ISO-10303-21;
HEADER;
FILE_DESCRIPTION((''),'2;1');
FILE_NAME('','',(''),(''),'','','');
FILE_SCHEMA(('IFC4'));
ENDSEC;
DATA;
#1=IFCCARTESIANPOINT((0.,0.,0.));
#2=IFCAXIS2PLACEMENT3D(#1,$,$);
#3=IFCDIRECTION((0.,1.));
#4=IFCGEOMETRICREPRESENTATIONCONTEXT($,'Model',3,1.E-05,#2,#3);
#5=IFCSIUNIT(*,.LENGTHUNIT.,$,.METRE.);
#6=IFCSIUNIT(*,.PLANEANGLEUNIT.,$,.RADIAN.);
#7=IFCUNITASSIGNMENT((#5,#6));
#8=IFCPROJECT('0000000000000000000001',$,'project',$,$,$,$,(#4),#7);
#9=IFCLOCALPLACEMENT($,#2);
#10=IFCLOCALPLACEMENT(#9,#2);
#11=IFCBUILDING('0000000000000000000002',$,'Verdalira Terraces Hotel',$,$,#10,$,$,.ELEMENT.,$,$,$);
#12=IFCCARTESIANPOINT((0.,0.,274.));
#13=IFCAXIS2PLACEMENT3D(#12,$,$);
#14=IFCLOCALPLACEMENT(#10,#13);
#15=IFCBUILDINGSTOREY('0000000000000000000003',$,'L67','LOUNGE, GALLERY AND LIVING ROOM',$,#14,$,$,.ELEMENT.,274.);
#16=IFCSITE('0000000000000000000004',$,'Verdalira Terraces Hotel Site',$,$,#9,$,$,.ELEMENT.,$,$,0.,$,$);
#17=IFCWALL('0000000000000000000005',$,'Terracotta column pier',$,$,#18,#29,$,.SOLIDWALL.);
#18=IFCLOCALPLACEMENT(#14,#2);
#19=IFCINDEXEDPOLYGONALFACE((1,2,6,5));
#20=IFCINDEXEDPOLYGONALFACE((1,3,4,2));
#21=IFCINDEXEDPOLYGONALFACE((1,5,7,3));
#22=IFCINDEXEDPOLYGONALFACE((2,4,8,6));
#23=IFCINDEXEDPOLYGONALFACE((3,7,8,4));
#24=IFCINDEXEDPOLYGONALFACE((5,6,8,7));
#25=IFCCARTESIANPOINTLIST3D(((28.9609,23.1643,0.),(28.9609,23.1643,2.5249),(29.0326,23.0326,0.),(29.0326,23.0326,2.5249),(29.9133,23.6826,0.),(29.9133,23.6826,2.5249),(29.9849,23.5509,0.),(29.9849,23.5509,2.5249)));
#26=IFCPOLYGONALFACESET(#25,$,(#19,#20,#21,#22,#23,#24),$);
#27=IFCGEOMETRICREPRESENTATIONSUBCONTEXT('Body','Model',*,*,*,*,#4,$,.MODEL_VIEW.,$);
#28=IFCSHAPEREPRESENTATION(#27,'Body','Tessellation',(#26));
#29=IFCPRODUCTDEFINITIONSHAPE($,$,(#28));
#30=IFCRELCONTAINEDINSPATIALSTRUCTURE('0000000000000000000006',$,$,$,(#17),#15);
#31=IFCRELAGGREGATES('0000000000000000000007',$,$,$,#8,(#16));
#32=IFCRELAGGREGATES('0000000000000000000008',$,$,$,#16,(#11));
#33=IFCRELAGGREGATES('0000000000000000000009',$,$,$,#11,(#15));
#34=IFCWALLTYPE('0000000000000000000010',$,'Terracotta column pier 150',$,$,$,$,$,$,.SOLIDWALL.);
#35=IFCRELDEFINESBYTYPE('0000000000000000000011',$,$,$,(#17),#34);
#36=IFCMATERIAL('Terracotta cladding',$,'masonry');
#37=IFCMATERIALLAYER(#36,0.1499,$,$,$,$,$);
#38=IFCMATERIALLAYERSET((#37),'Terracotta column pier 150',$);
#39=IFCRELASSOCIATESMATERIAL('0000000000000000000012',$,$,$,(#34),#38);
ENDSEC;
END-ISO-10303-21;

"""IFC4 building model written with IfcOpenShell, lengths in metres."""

from ifc_helpers import new_model, si_unit, direction, frame, frame_2d, origin, place, context, subcontext, project, spatial, rectangle, extrude, material, layer, layer_set, type_object, element, save


model = new_model("IFC4")

# Units and contexts
model_context = context("Model", 3, precision=1e-05, world=origin(), true_north=direction((0.0, 1.0)))
body_context = subcontext(model_context, "Body", "Model", "MODEL_VIEW")
ifc_project = project(units=[si_unit("LENGTHUNIT", "METRE"), si_unit("PLANEANGLEUNIT", "RADIAN")], contexts=[model_context])

# Site, building, storey
site_placement = place(None, origin())
site = spatial("IfcSite", under=ifc_project, at=site_placement, Name="Verdalira Terraces Hotel Site", CompositionType="ELEMENT", RefElevation=0.0)
building_placement = place(site_placement, origin())
building = spatial("IfcBuilding", under=site, at=building_placement, Name="Verdalira Terraces Hotel", CompositionType="ELEMENT")
storey_placement = place(building_placement, frame((0.0, 0.0, 274.0)))
storey = spatial("IfcBuildingStorey", under=building, at=storey_placement, Name="L67", Description="LOUNGE, GALLERY AND LIVING ROOM", CompositionType="ELEMENT", Elevation=274.0)

# Wall
ifc_material_1 = material(Name="Terracotta cladding", Category="masonry")
ifc_layer_1 = layer(ifc_material_1, 0.1499)
ifc_layer_set_1 = layer_set([ifc_layer_1], Name="Terracotta column pier 150")
wall_type_1 = type_object("IfcWallType", Name="Terracotta column pier 150", PredefinedType="SOLIDWALL", material=ifc_layer_set_1)
wall_1_placement = place(storey_placement, frame((29.949, 23.6167, 0.0), z_axis=(0.0, 0.0, 1.0), x_axis=(-0.878351, -0.478016, 0.0)))
element("IfcWall", 1, at=wall_1_placement, inside=storey, type_object=wall_type_1, Name="Terracotta column pier", PredefinedType="SOLIDWALL", context=body_context, shape_type="SweptSolid", body=[
    extrude(rectangle(XDim=1.0842, YDim=0.1499, at=frame_2d((0.542, 0.0))), origin(), (0.0, 0.0, 1.0), 2.5249),
])

save(model, "model.ifc")
